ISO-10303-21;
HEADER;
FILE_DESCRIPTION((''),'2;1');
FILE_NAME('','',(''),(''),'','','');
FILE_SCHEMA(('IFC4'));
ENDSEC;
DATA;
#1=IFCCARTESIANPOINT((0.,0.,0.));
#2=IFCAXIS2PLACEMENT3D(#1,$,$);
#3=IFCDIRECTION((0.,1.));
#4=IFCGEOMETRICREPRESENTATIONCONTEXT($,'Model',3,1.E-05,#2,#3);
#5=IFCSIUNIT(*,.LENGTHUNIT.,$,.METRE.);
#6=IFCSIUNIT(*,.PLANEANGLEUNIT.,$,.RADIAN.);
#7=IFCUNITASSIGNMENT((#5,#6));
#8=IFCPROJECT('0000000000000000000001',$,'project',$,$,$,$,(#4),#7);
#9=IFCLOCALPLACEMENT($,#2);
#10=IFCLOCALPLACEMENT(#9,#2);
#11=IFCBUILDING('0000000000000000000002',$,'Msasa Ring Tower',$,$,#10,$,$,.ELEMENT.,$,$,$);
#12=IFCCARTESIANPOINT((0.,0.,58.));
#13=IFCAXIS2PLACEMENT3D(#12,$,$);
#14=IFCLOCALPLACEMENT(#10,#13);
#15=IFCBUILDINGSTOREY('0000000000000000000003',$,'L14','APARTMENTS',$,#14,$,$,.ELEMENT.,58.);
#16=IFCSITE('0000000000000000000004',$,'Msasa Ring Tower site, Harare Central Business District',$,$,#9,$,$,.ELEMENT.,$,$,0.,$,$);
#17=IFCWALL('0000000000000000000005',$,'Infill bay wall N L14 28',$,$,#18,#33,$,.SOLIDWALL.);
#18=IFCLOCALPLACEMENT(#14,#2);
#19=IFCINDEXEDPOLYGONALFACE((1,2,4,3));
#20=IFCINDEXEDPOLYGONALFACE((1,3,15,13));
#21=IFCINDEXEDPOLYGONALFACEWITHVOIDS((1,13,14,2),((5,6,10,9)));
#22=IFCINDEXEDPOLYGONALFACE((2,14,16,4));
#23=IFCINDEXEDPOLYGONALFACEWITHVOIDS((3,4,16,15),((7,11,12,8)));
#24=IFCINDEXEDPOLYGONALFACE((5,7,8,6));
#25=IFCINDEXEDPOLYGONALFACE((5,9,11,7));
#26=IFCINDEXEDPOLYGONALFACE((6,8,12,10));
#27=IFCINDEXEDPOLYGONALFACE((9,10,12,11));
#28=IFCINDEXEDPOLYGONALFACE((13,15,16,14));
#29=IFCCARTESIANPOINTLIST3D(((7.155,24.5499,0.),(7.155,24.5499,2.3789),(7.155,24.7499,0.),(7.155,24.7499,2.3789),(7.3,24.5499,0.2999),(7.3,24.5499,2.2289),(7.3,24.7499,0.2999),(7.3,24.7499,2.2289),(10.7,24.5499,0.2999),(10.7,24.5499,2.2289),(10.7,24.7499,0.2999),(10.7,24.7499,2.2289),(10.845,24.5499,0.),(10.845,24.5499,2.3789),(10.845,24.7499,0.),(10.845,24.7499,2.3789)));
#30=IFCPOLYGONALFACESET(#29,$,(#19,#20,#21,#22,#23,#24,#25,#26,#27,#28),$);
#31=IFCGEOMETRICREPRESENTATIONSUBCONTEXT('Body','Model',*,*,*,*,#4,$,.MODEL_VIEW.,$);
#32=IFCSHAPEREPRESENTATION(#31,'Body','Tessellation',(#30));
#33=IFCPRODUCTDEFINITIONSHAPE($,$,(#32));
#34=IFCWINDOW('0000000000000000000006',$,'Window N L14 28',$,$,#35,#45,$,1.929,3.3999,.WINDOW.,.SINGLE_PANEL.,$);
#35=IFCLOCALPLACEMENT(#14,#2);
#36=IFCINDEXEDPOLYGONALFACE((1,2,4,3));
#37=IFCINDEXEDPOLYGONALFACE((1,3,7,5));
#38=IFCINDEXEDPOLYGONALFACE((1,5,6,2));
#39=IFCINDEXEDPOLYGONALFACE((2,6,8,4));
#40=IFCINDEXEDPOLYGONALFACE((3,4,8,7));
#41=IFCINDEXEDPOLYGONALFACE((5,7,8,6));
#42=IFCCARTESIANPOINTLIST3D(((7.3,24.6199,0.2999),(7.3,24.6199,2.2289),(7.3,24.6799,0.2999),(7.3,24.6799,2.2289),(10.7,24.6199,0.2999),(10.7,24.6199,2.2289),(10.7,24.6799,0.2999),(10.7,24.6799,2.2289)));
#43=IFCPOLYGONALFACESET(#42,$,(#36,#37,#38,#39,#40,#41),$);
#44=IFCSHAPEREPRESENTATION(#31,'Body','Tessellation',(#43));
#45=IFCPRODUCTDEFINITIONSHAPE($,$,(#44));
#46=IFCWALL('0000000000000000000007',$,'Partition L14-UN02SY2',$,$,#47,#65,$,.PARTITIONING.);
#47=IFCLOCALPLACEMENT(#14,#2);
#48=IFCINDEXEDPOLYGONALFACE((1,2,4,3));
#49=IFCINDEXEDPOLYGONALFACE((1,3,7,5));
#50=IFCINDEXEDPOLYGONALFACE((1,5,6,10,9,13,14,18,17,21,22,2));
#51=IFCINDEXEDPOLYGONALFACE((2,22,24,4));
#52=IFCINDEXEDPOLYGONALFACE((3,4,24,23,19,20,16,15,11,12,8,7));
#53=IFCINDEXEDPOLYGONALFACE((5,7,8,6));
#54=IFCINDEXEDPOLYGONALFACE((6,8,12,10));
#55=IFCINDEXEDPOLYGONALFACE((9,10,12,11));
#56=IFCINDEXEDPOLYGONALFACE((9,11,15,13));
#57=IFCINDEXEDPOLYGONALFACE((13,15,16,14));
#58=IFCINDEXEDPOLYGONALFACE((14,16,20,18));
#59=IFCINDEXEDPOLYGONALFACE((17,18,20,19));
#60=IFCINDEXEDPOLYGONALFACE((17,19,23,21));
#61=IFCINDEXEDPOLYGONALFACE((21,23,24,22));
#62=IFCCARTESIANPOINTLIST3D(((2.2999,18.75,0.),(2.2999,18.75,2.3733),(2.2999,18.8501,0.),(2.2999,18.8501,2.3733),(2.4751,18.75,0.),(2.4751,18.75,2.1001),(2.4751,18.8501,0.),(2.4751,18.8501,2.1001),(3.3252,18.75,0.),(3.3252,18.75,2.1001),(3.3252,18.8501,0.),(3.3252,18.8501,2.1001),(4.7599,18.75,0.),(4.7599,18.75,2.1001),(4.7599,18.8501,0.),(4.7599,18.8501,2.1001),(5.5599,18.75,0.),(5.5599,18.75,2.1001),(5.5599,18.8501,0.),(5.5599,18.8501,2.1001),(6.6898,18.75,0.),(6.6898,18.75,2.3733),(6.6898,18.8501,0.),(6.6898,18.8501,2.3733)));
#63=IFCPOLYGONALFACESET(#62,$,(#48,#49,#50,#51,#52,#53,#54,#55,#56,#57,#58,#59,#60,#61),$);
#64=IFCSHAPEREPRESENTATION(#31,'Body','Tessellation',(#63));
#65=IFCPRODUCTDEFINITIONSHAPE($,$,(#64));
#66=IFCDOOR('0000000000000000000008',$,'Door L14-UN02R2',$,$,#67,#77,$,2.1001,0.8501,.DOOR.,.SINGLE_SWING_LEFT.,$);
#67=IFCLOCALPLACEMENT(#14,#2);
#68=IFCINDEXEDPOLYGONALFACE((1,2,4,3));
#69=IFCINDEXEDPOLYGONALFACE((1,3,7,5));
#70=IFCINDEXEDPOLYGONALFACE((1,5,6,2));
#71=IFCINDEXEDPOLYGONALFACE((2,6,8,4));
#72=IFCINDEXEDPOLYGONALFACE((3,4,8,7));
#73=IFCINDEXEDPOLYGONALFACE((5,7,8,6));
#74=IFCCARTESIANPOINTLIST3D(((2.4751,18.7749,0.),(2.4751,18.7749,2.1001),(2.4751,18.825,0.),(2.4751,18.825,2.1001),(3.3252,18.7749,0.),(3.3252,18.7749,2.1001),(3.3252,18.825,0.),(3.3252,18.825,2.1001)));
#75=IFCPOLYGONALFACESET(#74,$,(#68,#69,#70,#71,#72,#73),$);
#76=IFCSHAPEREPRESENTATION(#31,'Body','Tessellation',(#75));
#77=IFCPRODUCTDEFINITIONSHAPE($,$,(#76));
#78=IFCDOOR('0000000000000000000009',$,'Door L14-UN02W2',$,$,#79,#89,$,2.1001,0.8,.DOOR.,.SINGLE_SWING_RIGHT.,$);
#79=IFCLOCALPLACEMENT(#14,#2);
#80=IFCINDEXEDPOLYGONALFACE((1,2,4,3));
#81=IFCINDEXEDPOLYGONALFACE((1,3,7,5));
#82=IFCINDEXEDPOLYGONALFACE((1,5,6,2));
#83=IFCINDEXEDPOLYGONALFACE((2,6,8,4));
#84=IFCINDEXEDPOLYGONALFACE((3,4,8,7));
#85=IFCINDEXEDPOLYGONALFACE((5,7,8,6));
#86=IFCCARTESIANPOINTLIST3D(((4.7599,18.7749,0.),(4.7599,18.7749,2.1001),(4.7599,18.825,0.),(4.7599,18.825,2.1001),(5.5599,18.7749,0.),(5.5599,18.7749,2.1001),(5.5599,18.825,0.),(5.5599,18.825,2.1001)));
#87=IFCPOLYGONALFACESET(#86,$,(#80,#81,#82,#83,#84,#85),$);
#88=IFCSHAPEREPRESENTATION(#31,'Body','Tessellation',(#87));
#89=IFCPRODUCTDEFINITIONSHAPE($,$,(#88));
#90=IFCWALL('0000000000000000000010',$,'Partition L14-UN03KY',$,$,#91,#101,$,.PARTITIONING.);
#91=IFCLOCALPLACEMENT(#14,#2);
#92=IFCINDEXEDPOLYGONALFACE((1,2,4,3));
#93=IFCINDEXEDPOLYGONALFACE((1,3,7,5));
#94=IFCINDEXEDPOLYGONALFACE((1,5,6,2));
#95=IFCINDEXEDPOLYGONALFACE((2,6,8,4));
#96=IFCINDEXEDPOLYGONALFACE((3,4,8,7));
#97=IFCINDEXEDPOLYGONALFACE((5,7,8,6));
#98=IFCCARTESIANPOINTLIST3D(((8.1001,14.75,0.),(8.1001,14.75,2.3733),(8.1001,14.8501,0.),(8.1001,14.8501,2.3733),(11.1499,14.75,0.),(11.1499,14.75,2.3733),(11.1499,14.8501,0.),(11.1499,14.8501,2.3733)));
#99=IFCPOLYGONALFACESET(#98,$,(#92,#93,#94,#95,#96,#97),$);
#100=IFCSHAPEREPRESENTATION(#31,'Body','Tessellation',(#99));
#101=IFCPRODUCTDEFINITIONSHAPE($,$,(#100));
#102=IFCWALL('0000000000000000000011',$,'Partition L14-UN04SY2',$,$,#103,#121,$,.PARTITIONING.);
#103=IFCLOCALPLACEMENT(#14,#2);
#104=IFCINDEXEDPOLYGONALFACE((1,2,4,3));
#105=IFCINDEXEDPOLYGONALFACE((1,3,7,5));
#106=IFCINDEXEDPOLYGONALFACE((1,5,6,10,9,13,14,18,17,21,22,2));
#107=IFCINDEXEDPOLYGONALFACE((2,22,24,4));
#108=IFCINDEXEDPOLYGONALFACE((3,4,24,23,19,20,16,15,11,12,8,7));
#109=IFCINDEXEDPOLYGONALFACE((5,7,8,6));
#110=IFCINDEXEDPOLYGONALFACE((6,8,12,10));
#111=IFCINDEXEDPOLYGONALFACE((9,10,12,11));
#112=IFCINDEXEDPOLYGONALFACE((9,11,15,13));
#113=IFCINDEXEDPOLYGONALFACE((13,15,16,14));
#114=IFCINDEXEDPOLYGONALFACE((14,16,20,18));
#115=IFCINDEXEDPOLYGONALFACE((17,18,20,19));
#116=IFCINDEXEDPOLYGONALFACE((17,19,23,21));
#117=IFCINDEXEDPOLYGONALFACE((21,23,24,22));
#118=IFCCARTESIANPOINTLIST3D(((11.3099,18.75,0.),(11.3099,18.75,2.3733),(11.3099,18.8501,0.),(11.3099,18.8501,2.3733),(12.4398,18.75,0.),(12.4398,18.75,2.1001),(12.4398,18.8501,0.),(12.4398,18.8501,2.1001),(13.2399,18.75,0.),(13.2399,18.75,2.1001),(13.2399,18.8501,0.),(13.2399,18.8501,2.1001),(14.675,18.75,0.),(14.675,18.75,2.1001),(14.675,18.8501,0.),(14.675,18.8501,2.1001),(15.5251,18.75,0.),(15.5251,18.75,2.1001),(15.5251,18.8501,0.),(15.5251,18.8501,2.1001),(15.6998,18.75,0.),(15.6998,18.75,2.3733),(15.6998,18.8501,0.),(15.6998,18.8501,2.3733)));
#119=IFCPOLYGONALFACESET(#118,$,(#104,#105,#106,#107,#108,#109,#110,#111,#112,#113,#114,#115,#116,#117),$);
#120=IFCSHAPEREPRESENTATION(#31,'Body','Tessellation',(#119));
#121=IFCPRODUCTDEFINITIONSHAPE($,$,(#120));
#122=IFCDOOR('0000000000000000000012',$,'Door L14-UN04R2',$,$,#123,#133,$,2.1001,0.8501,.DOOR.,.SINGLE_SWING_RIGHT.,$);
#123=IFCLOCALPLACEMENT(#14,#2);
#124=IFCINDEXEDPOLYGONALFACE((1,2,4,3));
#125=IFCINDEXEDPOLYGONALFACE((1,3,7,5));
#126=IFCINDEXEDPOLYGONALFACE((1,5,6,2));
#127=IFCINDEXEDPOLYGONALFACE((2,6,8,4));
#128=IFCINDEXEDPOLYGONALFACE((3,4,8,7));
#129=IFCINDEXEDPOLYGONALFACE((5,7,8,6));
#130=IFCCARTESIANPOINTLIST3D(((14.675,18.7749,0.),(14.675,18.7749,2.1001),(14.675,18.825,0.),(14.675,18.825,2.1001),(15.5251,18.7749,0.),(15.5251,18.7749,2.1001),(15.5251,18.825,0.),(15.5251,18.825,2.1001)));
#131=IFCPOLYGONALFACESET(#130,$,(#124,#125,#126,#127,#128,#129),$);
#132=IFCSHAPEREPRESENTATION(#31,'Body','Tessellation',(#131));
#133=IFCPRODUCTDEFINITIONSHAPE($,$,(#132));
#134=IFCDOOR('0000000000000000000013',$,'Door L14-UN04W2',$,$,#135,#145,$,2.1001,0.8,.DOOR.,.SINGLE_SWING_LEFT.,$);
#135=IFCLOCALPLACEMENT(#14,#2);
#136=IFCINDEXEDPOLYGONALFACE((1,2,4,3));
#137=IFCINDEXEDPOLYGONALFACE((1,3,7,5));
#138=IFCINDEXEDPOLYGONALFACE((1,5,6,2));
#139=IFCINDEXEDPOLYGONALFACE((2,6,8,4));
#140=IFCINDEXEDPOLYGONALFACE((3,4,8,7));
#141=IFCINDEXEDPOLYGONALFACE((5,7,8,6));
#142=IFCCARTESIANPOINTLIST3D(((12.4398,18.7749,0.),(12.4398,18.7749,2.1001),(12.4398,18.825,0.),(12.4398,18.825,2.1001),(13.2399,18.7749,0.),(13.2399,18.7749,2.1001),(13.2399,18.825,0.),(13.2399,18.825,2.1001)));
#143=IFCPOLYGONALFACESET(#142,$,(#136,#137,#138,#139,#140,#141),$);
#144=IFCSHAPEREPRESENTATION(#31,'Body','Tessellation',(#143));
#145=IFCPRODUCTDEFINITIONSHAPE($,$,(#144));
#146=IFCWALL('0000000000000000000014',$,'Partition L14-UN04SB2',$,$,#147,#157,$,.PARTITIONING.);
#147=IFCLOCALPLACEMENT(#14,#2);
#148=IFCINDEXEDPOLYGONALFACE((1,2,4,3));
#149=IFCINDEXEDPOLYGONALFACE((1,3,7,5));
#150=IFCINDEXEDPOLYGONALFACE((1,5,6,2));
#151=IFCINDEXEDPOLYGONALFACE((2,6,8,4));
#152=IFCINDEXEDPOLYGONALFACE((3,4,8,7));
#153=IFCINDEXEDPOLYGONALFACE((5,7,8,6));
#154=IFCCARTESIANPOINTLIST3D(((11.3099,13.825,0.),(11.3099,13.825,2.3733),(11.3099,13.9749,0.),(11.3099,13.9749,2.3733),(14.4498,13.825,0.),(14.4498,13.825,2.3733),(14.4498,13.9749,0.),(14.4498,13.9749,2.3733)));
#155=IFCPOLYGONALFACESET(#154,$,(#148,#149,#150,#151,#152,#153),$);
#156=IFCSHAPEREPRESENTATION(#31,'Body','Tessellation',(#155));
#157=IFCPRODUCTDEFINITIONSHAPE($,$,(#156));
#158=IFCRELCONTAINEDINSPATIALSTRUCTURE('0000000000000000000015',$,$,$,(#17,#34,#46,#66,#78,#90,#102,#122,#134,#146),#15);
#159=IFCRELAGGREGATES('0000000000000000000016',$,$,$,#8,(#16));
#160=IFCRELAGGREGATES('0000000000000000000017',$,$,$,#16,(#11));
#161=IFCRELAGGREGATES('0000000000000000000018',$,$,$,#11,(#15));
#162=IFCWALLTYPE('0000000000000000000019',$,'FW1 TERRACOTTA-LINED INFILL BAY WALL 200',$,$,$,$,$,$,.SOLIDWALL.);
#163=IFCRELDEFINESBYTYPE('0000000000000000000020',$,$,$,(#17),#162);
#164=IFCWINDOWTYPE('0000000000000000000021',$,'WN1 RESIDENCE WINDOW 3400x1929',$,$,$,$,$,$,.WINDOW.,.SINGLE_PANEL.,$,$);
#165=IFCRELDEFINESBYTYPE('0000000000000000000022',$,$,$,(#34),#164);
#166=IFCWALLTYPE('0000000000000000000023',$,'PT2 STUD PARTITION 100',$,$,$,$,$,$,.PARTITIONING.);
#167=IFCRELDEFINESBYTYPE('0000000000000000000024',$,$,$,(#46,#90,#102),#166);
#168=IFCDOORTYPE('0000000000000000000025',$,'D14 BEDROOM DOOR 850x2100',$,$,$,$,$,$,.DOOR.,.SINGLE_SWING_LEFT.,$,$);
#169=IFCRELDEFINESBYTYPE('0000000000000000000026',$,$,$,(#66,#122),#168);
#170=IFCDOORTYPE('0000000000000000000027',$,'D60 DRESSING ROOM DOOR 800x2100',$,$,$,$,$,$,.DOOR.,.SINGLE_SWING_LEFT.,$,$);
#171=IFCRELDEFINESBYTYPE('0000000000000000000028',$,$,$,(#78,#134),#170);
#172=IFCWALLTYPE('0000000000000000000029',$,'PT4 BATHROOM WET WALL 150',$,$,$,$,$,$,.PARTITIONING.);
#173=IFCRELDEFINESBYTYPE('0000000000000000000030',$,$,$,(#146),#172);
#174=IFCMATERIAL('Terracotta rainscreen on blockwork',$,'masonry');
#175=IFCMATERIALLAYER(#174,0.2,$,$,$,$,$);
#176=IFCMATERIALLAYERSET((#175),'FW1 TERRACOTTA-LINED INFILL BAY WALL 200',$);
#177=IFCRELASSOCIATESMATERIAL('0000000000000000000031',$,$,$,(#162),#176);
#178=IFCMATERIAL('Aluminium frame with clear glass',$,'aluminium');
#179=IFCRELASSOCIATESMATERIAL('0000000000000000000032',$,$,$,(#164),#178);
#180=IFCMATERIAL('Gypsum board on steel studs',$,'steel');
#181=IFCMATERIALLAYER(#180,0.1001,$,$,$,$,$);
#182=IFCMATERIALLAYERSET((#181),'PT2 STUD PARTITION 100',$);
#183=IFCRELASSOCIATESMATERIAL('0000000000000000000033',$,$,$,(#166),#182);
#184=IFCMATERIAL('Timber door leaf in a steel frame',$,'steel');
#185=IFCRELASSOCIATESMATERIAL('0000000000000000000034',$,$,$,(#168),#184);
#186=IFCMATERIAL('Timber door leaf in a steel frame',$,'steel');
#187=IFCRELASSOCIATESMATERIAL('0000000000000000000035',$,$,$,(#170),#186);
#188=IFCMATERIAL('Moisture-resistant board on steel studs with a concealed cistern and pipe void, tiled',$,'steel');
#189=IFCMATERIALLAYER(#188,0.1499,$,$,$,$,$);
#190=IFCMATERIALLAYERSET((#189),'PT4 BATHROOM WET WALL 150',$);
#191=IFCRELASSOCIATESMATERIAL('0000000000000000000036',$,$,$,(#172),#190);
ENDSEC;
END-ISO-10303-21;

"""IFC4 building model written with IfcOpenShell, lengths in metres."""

from ifc_helpers import new_model, si_unit, direction, frame, frame_2d, origin, place, context, subcontext, project, spatial, rectangle, extrude, material, layer, layer_set, type_object, element, fill, save


model = new_model("IFC4")

# Units and contexts
model_context = context("Model", 3, precision=1e-05, world=origin(), true_north=direction((0.0, 1.0)))
body_context = subcontext(model_context, "Body", "Model", "MODEL_VIEW")
ifc_project = project(units=[si_unit("LENGTHUNIT", "METRE"), si_unit("PLANEANGLEUNIT", "RADIAN")], contexts=[model_context])

# Site, building, storey
site_placement = place(None, origin())
site = spatial("IfcSite", under=ifc_project, at=site_placement, Name="Msasa Ring Tower site, Harare Central Business District", CompositionType="ELEMENT", RefElevation=0.0)
building_placement = place(site_placement, origin())
building = spatial("IfcBuilding", under=site, at=building_placement, Name="Msasa Ring Tower", CompositionType="ELEMENT")
storey_placement = place(building_placement, frame((0.0, 0.0, 58.0)))
storey = spatial("IfcBuildingStorey", under=building, at=storey_placement, Name="L14", Description="APARTMENTS", CompositionType="ELEMENT", Elevation=58.0)

# Wall, opening, window
ifc_material_1 = material(Name="Terracotta rainscreen on blockwork", Category="masonry")
ifc_layer_1 = layer(ifc_material_1, 0.2)
ifc_layer_set_1 = layer_set([ifc_layer_1], Name="FW1 TERRACOTTA-LINED INFILL BAY WALL 200")
wall_type_1 = type_object("IfcWallType", Name="FW1 TERRACOTTA-LINED INFILL BAY WALL 200", PredefinedType="SOLIDWALL", material=ifc_layer_set_1)
ifc_material_2 = material(Name="Aluminium frame with clear glass", Category="aluminium")
window_type = type_object("IfcWindowType", Name="WN1 RESIDENCE WINDOW 3400x1929", PartitioningType="SINGLE_PANEL", PredefinedType="WINDOW", material=ifc_material_2)
wall_1_placement = place(storey_placement, frame((7.155, 24.6499, 0.0), z_axis=(0.0, 0.0, 1.0), x_axis=(1.0, 0.0, 0.0)))
wall_1 = element("IfcWall", 1, at=wall_1_placement, inside=storey, type_object=wall_type_1, Name="Infill bay wall N L14 28", PredefinedType="SOLIDWALL", context=body_context, shape_type="SweptSolid", body=[
    extrude(rectangle(XDim=3.6899, YDim=0.2, at=frame_2d((1.845, 0.0))), origin(), (0.0, 0.0, 1.0), 2.3789),
])
opening_1_placement = place(wall_1_placement, frame((0.145, 0.0, 0.3)))
opening_1 = element("IfcOpeningElement", 2, at=opening_1_placement, cuts=wall_1, PredefinedType="OPENING", context=body_context, shape_type="SweptSolid", body=[
    extrude(rectangle(XDim=3.3999, YDim=1.929, at=frame_2d((1.7, 0.9644))), frame((0.0, 0.1099, 0.0), z_axis=(0.0, -1.0, 0.0), x_axis=(1.0, 0.0, 0.0)), (0.0, 0.0, 1.0), 0.22),
])
window_1_placement = place(opening_1_placement, origin())
window_1 = element("IfcWindow", 3, at=window_1_placement, inside=storey, type_object=window_type, Name="Window N L14 28", OverallHeight=1.929, OverallWidth=3.3999, PartitioningType="SINGLE_PANEL", PredefinedType="WINDOW", context=body_context, shape_type="SweptSolid", body=[
    extrude(rectangle(XDim=3.3999, YDim=1.929, at=frame_2d((1.7, 0.9644))), frame((0.0, 0.03, 0.0), z_axis=(0.0, -1.0, 0.0), x_axis=(1.0, 0.0, 0.0)), (0.0, 0.0, 1.0), 0.0601),
])
fill(opening_1, window_1)

# Wall, openings, doors
ifc_material_3 = material(Name="Gypsum board on steel studs", Category="steel")
ifc_layer_2 = layer(ifc_material_3, 0.1001)
ifc_layer_set_2 = layer_set([ifc_layer_2], Name="PT2 STUD PARTITION 100")
wall_type_2 = type_object("IfcWallType", Name="PT2 STUD PARTITION 100", PredefinedType="PARTITIONING", material=ifc_layer_set_2)
wall_2_placement = place(storey_placement, frame((2.3, 18.8, 0.0), z_axis=(0.0, 0.0, 1.0), x_axis=(1.0, 0.0, 0.0)))
wall_2 = element("IfcWall", 4, at=wall_2_placement, inside=storey, type_object=wall_type_2, Name="Partition L14-UN02SY2", PredefinedType="PARTITIONING", context=body_context, shape_type="SweptSolid", body=[
    extrude(rectangle(XDim=4.3899, YDim=0.1001, at=frame_2d((2.1948, 0.0))), origin(), (0.0, 0.0, 1.0), 2.3733),
])
opening_2_placement = place(wall_2_placement, frame((0.175, 0.0, 0.0)))
opening_2 = element("IfcOpeningElement", 5, at=opening_2_placement, cuts=wall_2, PredefinedType="OPENING", context=body_context, shape_type="SweptSolid", body=[
    extrude(rectangle(XDim=0.8501, YDim=2.1001, at=frame_2d((0.425, 1.05))), frame((0.0, 0.0601, 0.0), z_axis=(0.0, -1.0, 0.0), x_axis=(1.0, 0.0, 0.0)), (0.0, 0.0, 1.0), 0.1201),
])
opening_3_placement = place(wall_2_placement, frame((2.46, 0.0, 0.0)))
opening_3 = element("IfcOpeningElement", 6, at=opening_3_placement, cuts=wall_2, PredefinedType="OPENING", context=body_context, shape_type="SweptSolid", body=[
    extrude(rectangle(XDim=0.8, YDim=2.1001, at=frame_2d((0.3999, 1.05))), frame((0.0, 0.0601, 0.0), z_axis=(0.0, -1.0, 0.0), x_axis=(1.0, 0.0, 0.0)), (0.0, 0.0, 1.0), 0.1201),
])
ifc_material_4 = material(Name="Timber door leaf in a steel frame", Category="steel")
door_type_1 = type_object("IfcDoorType", Name="D14 BEDROOM DOOR 850x2100", OperationType="SINGLE_SWING_LEFT", PredefinedType="DOOR", material=ifc_material_4)
door_1_placement = place(opening_2_placement, origin())
door_1 = element("IfcDoor", 7, at=door_1_placement, inside=storey, type_object=door_type_1, Name="Door L14-UN02R2", OperationType="SINGLE_SWING_LEFT", OverallHeight=2.1001, OverallWidth=0.8501, PredefinedType="DOOR", context=body_context, shape_type="SweptSolid", body=[
    extrude(rectangle(XDim=0.8501, YDim=2.1001, at=frame_2d((0.425, 1.05))), frame((0.0, 0.0249, 0.0), z_axis=(0.0, -1.0, 0.0), x_axis=(1.0, 0.0, 0.0)), (0.0, 0.0, 1.0), 0.05),
])
fill(opening_2, door_1)
ifc_material_5 = material(Name="Timber door leaf in a steel frame", Category="steel")
door_type_2 = type_object("IfcDoorType", Name="D60 DRESSING ROOM DOOR 800x2100", OperationType="SINGLE_SWING_LEFT", PredefinedType="DOOR", material=ifc_material_5)
door_2_placement = place(opening_3_placement, origin())
door_2 = element("IfcDoor", 8, at=door_2_placement, inside=storey, type_object=door_type_2, Name="Door L14-UN02W2", OperationType="SINGLE_SWING_RIGHT", OverallHeight=2.1001, OverallWidth=0.8, PredefinedType="DOOR", context=body_context, shape_type="SweptSolid", body=[
    extrude(rectangle(XDim=0.8, YDim=2.1001, at=frame_2d((0.3999, 1.05))), frame((0.0, 0.0249, 0.0), z_axis=(0.0, -1.0, 0.0), x_axis=(1.0, 0.0, 0.0)), (0.0, 0.0, 1.0), 0.05),
])
fill(opening_3, door_2)

# Wall
wall_3_placement = place(storey_placement, frame((8.1001, 14.8, 0.0), z_axis=(0.0, 0.0, 1.0), x_axis=(1.0, 0.0, 0.0)))
element("IfcWall", 9, at=wall_3_placement, inside=storey, type_object=wall_type_2, Name="Partition L14-UN03KY", PredefinedType="PARTITIONING", context=body_context, shape_type="SweptSolid", body=[
    extrude(rectangle(XDim=3.0498, YDim=0.1001, at=frame_2d((1.5249, 0.0))), origin(), (0.0, 0.0, 1.0), 2.3733),
])

# Wall, openings, doors
wall_4_placement = place(storey_placement, frame((11.3101, 18.8, 0.0), z_axis=(0.0, 0.0, 1.0), x_axis=(1.0, 0.0, 0.0)))
wall_4 = element("IfcWall", 10, at=wall_4_placement, inside=storey, type_object=wall_type_2, Name="Partition L14-UN04SY2", PredefinedType="PARTITIONING", context=body_context, shape_type="SweptSolid", body=[
    extrude(rectangle(XDim=4.3899, YDim=0.1001, at=frame_2d((2.1948, 0.0))), origin(), (0.0, 0.0, 1.0), 2.3733),
])
opening_4_placement = place(wall_4_placement, frame((3.365, 0.0, 0.0)))
opening_4 = element("IfcOpeningElement", 11, at=opening_4_placement, cuts=wall_4, PredefinedType="OPENING", context=body_context, shape_type="SweptSolid", body=[
    extrude(rectangle(XDim=0.8501, YDim=2.1001, at=frame_2d((0.425, 1.05))), frame((0.0, 0.0601, 0.0), z_axis=(0.0, -1.0, 0.0), x_axis=(1.0, 0.0, 0.0)), (0.0, 0.0, 1.0), 0.1201),
])
opening_5_placement = place(wall_4_placement, frame((1.1299, 0.0, 0.0)))
opening_5 = element("IfcOpeningElement", 12, at=opening_5_placement, cuts=wall_4, PredefinedType="OPENING", context=body_context, shape_type="SweptSolid", body=[
    extrude(rectangle(XDim=0.8, YDim=2.1001, at=frame_2d((0.3999, 1.05))), frame((0.0, 0.0601, 0.0), z_axis=(0.0, -1.0, 0.0), x_axis=(1.0, 0.0, 0.0)), (0.0, 0.0, 1.0), 0.1201),
])
door_3_placement = place(opening_4_placement, origin())
door_3 = element("IfcDoor", 13, at=door_3_placement, inside=storey, type_object=door_type_1, Name="Door L14-UN04R2", OperationType="SINGLE_SWING_RIGHT", OverallHeight=2.1001, OverallWidth=0.8501, PredefinedType="DOOR", context=body_context, shape_type="SweptSolid", body=[
    extrude(rectangle(XDim=0.8501, YDim=2.1001, at=frame_2d((0.425, 1.05))), frame((0.0, 0.0249, 0.0), z_axis=(0.0, -1.0, 0.0), x_axis=(1.0, 0.0, 0.0)), (0.0, 0.0, 1.0), 0.05),
])
fill(opening_4, door_3)
door_4_placement = place(opening_5_placement, origin())
door_4 = element("IfcDoor", 14, at=door_4_placement, inside=storey, type_object=door_type_2, Name="Door L14-UN04W2", OperationType="SINGLE_SWING_LEFT", OverallHeight=2.1001, OverallWidth=0.8, PredefinedType="DOOR", context=body_context, shape_type="SweptSolid", body=[
    extrude(rectangle(XDim=0.8, YDim=2.1001, at=frame_2d((0.3999, 1.05))), frame((0.0, 0.0249, 0.0), z_axis=(0.0, -1.0, 0.0), x_axis=(1.0, 0.0, 0.0)), (0.0, 0.0, 1.0), 0.05),
])
fill(opening_5, door_4)

# Wall
ifc_material_6 = material(Name="Moisture-resistant board on steel studs with a concealed cistern and pipe void, tiled", Category="steel")
ifc_layer_3 = layer(ifc_material_6, 0.1499)
ifc_layer_set_3 = layer_set([ifc_layer_3], Name="PT4 BATHROOM WET WALL 150")
wall_type_3 = type_object("IfcWallType", Name="PT4 BATHROOM WET WALL 150", PredefinedType="PARTITIONING", material=ifc_layer_set_3)
wall_5_placement = place(storey_placement, frame((11.3101, 13.8999, 0.0), z_axis=(0.0, 0.0, 1.0), x_axis=(1.0, 0.0, 0.0)))
element("IfcWall", 15, at=wall_5_placement, inside=storey, type_object=wall_type_3, Name="Partition L14-UN04SB2", PredefinedType="PARTITIONING", context=body_context, shape_type="SweptSolid", body=[
    extrude(rectangle(XDim=3.1399, YDim=0.1499, at=frame_2d((1.5698, 0.0))), origin(), (0.0, 0.0, 1.0), 2.3733),
])

save(model, "model.ifc")
